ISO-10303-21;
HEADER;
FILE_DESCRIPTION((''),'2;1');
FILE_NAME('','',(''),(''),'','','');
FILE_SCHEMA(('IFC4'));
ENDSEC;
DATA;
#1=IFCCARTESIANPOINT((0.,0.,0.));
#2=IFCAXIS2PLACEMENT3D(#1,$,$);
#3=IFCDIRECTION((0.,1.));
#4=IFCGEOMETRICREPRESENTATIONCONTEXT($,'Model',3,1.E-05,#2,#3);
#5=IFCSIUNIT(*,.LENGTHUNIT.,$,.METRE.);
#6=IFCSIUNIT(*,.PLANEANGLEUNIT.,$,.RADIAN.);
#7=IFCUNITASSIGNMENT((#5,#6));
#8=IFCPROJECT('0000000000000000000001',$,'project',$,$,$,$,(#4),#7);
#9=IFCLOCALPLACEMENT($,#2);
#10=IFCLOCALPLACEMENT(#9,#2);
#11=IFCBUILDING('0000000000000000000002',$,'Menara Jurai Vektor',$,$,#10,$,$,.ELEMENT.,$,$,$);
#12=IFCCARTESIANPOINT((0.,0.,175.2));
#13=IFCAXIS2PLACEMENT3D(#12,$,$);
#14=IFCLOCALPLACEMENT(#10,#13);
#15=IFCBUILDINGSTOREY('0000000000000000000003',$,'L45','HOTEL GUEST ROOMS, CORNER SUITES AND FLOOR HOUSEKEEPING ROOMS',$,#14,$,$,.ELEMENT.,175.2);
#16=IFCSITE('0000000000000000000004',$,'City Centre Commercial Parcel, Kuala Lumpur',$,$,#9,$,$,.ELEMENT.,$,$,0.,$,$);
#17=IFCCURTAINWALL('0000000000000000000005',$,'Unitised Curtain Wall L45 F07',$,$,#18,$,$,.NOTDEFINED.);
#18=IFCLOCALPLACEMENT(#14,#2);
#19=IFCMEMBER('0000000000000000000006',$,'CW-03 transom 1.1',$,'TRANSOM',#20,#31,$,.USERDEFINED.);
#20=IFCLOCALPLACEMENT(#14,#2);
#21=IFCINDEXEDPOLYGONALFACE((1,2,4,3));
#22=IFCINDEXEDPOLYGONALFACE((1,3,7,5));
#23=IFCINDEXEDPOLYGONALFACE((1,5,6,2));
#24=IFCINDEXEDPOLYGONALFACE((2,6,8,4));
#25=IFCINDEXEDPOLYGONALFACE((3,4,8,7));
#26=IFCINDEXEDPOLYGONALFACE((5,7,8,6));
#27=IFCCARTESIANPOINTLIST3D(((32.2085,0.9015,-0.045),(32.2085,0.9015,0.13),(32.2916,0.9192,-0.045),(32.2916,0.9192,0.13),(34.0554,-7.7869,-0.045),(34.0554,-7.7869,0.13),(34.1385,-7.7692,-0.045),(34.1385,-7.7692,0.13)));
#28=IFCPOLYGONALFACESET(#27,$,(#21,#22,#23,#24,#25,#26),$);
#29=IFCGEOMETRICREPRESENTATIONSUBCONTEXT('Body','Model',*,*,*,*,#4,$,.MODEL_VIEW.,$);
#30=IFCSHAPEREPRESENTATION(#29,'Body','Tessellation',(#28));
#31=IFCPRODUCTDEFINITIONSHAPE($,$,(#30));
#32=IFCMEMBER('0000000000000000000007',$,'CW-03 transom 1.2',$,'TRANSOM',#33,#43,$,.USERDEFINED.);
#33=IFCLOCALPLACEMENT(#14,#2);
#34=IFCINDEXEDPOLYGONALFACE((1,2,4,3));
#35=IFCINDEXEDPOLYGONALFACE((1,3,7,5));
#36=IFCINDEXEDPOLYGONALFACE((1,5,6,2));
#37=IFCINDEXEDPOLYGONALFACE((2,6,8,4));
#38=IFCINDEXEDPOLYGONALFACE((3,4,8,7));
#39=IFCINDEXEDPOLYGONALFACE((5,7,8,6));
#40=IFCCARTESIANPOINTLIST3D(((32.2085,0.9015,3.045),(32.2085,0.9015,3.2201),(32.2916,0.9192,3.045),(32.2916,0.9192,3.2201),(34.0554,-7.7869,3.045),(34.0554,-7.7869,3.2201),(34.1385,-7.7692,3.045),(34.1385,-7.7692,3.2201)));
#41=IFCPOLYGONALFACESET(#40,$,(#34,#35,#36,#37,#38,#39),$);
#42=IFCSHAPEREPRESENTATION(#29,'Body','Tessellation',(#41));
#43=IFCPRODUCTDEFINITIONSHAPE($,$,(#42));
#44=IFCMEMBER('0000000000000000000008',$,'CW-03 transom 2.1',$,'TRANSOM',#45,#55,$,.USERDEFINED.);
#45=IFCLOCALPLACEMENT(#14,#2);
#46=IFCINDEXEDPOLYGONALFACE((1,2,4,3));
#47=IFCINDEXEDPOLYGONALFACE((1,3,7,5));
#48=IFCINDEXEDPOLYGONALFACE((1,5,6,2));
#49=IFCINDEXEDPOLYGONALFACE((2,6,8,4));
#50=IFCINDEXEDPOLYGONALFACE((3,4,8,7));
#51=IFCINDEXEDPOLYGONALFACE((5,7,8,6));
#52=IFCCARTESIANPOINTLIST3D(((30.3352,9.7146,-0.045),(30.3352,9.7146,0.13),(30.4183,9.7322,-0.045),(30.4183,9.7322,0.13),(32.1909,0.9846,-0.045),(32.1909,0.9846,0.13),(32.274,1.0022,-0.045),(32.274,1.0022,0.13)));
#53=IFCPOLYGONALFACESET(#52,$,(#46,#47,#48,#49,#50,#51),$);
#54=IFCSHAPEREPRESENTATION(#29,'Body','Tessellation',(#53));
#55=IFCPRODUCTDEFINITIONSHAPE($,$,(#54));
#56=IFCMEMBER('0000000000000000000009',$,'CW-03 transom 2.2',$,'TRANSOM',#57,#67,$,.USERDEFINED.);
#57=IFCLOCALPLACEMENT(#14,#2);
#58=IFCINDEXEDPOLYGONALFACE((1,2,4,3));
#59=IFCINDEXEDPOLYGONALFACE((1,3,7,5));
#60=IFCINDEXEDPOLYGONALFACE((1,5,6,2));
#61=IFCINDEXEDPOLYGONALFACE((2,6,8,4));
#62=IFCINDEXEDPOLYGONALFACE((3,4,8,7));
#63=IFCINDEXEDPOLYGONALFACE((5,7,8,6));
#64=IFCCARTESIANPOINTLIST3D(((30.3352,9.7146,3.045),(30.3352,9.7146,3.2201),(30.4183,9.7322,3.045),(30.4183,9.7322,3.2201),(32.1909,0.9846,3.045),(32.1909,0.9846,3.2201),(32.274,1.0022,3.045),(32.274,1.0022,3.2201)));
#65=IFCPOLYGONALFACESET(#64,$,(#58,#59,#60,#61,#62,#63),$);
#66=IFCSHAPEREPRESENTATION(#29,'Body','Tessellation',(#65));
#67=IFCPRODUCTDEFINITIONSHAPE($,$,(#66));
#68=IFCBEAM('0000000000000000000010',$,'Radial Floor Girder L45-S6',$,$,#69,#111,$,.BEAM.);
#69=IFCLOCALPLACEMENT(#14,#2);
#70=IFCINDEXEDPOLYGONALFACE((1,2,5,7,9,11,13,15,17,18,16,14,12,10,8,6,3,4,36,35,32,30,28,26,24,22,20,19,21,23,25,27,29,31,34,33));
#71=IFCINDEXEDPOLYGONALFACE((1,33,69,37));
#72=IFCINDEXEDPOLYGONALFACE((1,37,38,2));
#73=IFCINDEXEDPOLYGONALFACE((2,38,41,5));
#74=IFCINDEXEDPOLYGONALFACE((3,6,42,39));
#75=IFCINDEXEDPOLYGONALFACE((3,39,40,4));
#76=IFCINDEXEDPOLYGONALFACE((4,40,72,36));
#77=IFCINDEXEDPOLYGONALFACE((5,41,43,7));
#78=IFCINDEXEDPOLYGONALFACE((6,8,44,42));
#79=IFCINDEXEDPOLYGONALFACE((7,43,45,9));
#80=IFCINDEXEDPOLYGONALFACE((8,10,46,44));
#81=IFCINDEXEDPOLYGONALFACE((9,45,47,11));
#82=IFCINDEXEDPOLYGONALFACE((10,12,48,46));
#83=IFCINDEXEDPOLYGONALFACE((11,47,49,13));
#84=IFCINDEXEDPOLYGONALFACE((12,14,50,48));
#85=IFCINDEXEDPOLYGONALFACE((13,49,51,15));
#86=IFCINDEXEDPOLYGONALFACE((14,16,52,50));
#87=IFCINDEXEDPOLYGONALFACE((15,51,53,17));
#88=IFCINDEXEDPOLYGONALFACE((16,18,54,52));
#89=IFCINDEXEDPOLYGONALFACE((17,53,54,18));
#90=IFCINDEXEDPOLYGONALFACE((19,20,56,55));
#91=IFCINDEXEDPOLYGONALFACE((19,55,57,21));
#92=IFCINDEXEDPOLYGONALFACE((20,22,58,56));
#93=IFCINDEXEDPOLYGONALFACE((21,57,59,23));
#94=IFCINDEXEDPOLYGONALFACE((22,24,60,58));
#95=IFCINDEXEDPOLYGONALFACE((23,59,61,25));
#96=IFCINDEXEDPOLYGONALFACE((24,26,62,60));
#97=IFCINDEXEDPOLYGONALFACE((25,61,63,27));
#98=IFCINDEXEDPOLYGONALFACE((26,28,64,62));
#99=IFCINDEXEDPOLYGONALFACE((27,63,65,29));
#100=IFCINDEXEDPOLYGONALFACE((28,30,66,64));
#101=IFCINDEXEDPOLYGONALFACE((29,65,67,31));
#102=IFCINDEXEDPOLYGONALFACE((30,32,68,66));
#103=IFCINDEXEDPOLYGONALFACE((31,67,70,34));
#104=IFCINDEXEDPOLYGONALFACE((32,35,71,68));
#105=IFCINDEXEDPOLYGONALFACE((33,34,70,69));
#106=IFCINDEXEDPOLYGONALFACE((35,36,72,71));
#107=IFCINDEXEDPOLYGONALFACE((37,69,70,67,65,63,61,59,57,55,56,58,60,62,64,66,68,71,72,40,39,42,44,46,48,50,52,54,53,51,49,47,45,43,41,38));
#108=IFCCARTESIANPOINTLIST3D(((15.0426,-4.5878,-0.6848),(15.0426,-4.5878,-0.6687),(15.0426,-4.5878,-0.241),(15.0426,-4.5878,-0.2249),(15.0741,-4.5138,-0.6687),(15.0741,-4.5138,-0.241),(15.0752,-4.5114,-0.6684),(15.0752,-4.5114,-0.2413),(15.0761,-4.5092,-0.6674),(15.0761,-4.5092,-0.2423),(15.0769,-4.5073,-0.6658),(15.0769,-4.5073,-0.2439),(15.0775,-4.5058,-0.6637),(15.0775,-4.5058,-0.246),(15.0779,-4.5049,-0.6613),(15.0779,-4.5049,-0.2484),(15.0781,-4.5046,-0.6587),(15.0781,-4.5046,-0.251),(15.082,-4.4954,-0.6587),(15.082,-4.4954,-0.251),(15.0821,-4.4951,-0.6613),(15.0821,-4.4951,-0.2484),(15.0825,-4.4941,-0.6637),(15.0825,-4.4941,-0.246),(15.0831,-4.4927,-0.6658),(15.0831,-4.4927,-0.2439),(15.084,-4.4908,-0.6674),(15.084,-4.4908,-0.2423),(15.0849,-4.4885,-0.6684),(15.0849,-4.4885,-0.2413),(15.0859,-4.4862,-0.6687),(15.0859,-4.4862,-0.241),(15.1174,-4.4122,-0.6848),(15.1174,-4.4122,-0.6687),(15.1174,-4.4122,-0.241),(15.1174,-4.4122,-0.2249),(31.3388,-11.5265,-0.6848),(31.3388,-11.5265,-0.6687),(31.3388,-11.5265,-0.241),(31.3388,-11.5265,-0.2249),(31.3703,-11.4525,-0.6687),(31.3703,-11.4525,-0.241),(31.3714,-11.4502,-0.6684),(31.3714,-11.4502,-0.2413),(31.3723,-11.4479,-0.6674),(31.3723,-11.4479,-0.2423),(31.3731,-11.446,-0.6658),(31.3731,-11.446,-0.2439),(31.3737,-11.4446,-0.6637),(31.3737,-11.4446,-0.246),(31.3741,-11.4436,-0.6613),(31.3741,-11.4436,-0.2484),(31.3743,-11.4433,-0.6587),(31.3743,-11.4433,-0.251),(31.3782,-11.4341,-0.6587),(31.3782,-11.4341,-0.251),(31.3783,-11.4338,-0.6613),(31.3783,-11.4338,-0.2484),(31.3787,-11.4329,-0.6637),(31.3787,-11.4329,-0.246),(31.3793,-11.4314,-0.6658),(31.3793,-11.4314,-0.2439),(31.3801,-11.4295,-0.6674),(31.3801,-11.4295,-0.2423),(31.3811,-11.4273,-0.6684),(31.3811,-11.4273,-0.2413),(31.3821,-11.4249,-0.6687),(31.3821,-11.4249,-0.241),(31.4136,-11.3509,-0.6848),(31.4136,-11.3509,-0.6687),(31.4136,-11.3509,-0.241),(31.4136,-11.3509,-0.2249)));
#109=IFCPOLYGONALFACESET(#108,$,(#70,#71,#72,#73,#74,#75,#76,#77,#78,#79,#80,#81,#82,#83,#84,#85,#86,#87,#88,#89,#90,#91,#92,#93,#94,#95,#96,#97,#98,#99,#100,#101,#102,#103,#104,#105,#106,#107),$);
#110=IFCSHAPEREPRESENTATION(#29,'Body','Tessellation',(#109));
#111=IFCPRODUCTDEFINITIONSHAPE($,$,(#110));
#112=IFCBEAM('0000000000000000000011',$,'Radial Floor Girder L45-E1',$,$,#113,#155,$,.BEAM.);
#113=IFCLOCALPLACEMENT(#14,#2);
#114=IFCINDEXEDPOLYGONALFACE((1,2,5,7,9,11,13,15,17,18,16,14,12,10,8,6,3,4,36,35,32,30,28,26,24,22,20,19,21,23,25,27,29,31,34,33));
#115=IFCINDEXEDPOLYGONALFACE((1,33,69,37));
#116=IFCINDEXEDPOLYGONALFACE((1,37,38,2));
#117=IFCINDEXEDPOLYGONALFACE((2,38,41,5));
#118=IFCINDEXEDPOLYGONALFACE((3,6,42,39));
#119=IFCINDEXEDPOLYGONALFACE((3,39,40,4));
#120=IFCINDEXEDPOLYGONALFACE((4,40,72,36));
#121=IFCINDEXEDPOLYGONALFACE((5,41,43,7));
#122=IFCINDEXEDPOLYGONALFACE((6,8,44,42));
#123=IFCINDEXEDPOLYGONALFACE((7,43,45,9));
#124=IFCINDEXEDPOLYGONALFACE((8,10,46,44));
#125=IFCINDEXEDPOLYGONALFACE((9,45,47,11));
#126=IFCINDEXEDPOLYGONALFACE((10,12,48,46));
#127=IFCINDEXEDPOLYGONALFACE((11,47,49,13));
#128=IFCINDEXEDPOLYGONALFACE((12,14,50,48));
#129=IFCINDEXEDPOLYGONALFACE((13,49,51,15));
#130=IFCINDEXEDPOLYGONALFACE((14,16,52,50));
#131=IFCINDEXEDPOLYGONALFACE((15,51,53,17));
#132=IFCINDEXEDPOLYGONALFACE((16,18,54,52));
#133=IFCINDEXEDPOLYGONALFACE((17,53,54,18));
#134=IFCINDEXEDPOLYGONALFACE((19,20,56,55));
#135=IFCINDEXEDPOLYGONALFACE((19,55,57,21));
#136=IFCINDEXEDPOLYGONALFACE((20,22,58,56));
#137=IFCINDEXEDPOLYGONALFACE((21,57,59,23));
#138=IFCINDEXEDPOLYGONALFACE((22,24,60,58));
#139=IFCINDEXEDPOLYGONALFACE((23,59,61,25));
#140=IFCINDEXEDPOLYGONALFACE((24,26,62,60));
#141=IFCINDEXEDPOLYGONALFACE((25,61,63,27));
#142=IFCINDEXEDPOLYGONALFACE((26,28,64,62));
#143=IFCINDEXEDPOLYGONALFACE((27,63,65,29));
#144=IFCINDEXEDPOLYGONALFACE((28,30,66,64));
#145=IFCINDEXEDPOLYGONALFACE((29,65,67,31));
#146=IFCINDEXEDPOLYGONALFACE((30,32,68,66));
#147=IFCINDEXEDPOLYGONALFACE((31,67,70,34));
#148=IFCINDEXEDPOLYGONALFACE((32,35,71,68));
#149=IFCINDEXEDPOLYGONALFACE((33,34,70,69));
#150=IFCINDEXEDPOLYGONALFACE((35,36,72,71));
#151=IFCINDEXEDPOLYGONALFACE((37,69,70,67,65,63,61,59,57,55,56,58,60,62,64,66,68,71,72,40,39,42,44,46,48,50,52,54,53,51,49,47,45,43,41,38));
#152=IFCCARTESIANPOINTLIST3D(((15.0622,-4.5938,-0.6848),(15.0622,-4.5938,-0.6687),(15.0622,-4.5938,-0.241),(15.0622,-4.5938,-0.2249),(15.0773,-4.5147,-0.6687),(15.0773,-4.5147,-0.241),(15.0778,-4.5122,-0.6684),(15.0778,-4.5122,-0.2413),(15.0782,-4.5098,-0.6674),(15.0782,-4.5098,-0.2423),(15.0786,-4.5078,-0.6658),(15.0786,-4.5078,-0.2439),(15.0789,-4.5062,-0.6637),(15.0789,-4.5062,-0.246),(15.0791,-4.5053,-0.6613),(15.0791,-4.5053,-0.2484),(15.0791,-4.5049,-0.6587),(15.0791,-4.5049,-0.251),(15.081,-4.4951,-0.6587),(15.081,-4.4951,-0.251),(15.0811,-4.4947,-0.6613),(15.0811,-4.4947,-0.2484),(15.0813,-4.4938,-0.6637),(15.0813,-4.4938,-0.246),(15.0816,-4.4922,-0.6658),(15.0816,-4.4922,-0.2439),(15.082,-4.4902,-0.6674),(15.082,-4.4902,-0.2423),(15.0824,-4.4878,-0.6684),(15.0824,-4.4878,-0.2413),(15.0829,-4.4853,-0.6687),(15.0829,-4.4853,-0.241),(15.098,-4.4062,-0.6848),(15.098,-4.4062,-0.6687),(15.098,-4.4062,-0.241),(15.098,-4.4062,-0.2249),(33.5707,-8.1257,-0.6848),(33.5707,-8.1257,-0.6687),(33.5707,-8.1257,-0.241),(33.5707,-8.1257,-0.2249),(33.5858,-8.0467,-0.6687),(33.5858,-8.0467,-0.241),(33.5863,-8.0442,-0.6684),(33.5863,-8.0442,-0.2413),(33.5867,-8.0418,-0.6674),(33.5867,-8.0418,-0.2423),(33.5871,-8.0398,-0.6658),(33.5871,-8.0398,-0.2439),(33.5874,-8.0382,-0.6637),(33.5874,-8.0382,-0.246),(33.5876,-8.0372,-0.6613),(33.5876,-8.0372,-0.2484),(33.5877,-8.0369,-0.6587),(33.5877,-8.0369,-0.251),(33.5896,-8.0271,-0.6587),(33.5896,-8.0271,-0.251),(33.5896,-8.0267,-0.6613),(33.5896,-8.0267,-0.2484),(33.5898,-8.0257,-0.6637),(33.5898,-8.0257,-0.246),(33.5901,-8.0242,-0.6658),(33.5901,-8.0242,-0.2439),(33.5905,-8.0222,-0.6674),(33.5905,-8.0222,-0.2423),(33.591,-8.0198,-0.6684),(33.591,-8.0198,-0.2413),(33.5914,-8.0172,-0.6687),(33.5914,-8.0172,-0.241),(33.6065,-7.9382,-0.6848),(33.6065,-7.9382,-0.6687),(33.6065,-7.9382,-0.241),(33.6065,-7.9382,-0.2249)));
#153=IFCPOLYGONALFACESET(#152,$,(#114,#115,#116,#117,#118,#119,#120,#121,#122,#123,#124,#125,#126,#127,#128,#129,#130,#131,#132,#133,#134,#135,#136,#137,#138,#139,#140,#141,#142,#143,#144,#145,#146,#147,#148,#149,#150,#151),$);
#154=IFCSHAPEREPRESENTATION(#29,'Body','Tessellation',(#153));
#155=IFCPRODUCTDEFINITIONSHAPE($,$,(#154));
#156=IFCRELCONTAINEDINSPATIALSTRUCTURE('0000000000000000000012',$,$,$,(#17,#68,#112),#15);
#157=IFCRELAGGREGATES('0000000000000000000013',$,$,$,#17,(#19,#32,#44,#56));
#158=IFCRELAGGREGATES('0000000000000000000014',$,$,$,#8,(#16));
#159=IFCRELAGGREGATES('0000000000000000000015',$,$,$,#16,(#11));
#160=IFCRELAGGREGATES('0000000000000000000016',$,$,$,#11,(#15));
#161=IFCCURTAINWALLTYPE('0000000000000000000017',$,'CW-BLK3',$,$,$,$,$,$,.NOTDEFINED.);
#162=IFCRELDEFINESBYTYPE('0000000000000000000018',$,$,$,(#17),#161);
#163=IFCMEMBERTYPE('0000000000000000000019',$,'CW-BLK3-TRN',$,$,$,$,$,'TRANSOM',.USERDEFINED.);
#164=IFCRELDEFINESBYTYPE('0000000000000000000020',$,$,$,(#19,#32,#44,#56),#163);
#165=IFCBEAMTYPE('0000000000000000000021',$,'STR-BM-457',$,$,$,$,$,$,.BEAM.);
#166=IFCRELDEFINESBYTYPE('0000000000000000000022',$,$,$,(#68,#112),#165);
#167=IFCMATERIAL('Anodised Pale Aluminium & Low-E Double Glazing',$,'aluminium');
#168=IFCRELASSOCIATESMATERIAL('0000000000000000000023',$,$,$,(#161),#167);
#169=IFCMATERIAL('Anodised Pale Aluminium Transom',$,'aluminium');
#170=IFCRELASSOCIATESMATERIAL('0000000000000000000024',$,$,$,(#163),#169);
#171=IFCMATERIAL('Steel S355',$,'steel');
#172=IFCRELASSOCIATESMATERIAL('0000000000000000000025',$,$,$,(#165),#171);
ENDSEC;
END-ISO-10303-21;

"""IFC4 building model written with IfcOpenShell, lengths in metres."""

from ifc_helpers import new_model, si_unit, direction, frame, origin, origin_2d, place, context, subcontext, project, spatial, rectangle, i_section, extrude, material, material_profile, profile_set, type_object, element, aggregate, save


model = new_model("IFC4")

# Units and contexts
model_context = context("Model", 3, precision=1e-05, world=origin(), true_north=direction((0.0, 1.0)))
body_context = subcontext(model_context, "Body", "Model", "MODEL_VIEW")
ifc_project = project(units=[si_unit("LENGTHUNIT", "METRE"), si_unit("PLANEANGLEUNIT", "RADIAN")], contexts=[model_context])

# Site, building, storey
site_placement = place(None, origin())
site = spatial("IfcSite", under=ifc_project, at=site_placement, Name="City Centre Commercial Parcel, Kuala Lumpur", CompositionType="ELEMENT", RefElevation=0.0)
building_placement = place(site_placement, origin())
building = spatial("IfcBuilding", under=site, at=building_placement, Name="Menara Jurai Vektor", CompositionType="ELEMENT")
storey_placement = place(building_placement, frame((0.0, 0.0, 175.2)))
storey = spatial("IfcBuildingStorey", under=building, at=storey_placement, Name="L45", Description="HOTEL GUEST ROOMS, CORNER SUITES AND FLOOR HOUSEKEEPING ROOMS", CompositionType="ELEMENT", Elevation=175.2)

# Shared definitions
ifc_material_1 = material(Name="Anodised Pale Aluminium & Low-E Double Glazing", Category="aluminium")
curtain_wall_type = type_object("IfcCurtainWallType", Name="CW-BLK3", PredefinedType="NOTDEFINED", material=ifc_material_1)

# Curtain wall
curtain_wall_1_placement = place(storey_placement, origin())
curtain_wall_1 = element("IfcCurtainWall", 1, at=curtain_wall_1_placement, inside=storey, type_object=curtain_wall_type, Name="Unitised Curtain Wall L45 F07", PredefinedType="NOTDEFINED")

# Members
ifc_material_2 = material(Name="Anodised Pale Aluminium Transom", Category="aluminium")
ifc_material_profile_1 = material_profile(ifc_material_2, rectangle(XDim=0.085, YDim=0.175, at=origin_2d()), Name="ALU TRN 85x175")
ifc_profile_set_1 = profile_set([ifc_material_profile_1], Name="Anodised Pale Aluminium Transom")
member_type_1 = type_object("IfcMemberType", Name="CW-BLK3-TRN", ElementType="TRANSOM", PredefinedType="USERDEFINED", material=ifc_profile_set_1)
member_1_placement = place(storey_placement, frame((34.0969, -7.7781, 0.0425), z_axis=(-0.207926, 0.978145, 0.0), x_axis=(-0.978145, -0.207926, 0.0)))
member_1 = element("IfcMember", 2, at=member_1_placement, type_object=member_type_1, Name="CW-03 transom 1.1", ObjectType="TRANSOM", PredefinedType="USERDEFINED", context=body_context, shape_type="SweptSolid", body=[
    extrude(rectangle(XDim=0.085, YDim=0.175, at=origin_2d()), origin(), (0.0, 0.0, 1.0), 8.8826),
])
member_2_placement = place(storey_placement, frame((34.0969, -7.7781, 3.1326), z_axis=(-0.207926, 0.978145, 0.0), x_axis=(-0.978145, -0.207926, 0.0)))
member_2 = element("IfcMember", 3, at=member_2_placement, type_object=member_type_1, Name="CW-03 transom 1.2", ObjectType="TRANSOM", PredefinedType="USERDEFINED", context=body_context, shape_type="SweptSolid", body=[
    extrude(rectangle(XDim=0.085, YDim=0.175, at=origin_2d()), origin(), (0.0, 0.0, 1.0), 8.8826),
])
member_3_placement = place(storey_placement, frame((32.2324, 0.9934, 0.0425), z_axis=(-0.207922, 0.978145, 0.0), x_axis=(-0.978145, -0.207922, 0.0)))
member_3 = element("IfcMember", 4, at=member_3_placement, type_object=member_type_1, Name="CW-03 transom 2.1", ObjectType="TRANSOM", PredefinedType="USERDEFINED", context=body_context, shape_type="SweptSolid", body=[
    extrude(rectangle(XDim=0.085, YDim=0.175, at=origin_2d()), origin(), (0.0, 0.0, 1.0), 8.925),
])
member_4_placement = place(storey_placement, frame((32.2324, 0.9934, 3.1326), z_axis=(-0.207922, 0.978145, 0.0), x_axis=(-0.978145, -0.207922, 0.0)))
member_4 = element("IfcMember", 5, at=member_4_placement, type_object=member_type_1, Name="CW-03 transom 2.2", ObjectType="TRANSOM", PredefinedType="USERDEFINED", context=body_context, shape_type="SweptSolid", body=[
    extrude(rectangle(XDim=0.085, YDim=0.175, at=origin_2d()), origin(), (0.0, 0.0, 1.0), 8.925),
])

# Beams
ifc_material_3 = material(Name="Steel S355", Category="steel")
ifc_material_profile_2 = material_profile(ifc_material_3, i_section(OverallWidth=0.1909, OverallDepth=0.46, WebThickness=0.01, FlangeThickness=0.0161, FilletRadius=0.01, at=origin_2d()), Name="UKB 457x191x82")
ifc_profile_set_2 = profile_set([ifc_material_profile_2], Name="Steel S355")
beam_type_1 = type_object("IfcBeamType", Name="STR-BM-457", PredefinedType="BEAM", material=ifc_profile_set_2)
beam_1_placement = place(storey_placement, frame((31.3762, -11.4387, -0.4548), z_axis=(-0.920069, 0.391756, 0.0), x_axis=(-0.391756, -0.920069, 0.0)))
element("IfcBeam", 6, at=beam_1_placement, inside=storey, type_object=beam_type_1, Name="Radial Floor Girder L45-S6", PredefinedType="BEAM", context=body_context, shape_type="SweptSolid", body=[
    extrude(i_section(OverallWidth=0.1909, OverallDepth=0.46, WebThickness=0.01, FlangeThickness=0.0161, FilletRadius=0.01, at=origin_2d()), origin(), (0.0, 0.0, 1.0), 17.7119),
])
beam_2_placement = place(storey_placement, frame((33.5886, -8.032, -0.4548), z_axis=(-0.982275, 0.187447, 0.0), x_axis=(-0.187447, -0.982275, 0.0)))
element("IfcBeam", 7, at=beam_2_placement, inside=storey, type_object=beam_type_1, Name="Radial Floor Girder L45-E1", PredefinedType="BEAM", context=body_context, shape_type="SweptSolid", body=[
    extrude(i_section(OverallWidth=0.1909, OverallDepth=0.46, WebThickness=0.01, FlangeThickness=0.0161, FilletRadius=0.01, at=origin_2d()), origin(), (0.0, 0.0, 1.0), 18.8425),
])

aggregate(curtain_wall_1, [member_1, member_2, member_3, member_4])

save(model, "model.ifc")
